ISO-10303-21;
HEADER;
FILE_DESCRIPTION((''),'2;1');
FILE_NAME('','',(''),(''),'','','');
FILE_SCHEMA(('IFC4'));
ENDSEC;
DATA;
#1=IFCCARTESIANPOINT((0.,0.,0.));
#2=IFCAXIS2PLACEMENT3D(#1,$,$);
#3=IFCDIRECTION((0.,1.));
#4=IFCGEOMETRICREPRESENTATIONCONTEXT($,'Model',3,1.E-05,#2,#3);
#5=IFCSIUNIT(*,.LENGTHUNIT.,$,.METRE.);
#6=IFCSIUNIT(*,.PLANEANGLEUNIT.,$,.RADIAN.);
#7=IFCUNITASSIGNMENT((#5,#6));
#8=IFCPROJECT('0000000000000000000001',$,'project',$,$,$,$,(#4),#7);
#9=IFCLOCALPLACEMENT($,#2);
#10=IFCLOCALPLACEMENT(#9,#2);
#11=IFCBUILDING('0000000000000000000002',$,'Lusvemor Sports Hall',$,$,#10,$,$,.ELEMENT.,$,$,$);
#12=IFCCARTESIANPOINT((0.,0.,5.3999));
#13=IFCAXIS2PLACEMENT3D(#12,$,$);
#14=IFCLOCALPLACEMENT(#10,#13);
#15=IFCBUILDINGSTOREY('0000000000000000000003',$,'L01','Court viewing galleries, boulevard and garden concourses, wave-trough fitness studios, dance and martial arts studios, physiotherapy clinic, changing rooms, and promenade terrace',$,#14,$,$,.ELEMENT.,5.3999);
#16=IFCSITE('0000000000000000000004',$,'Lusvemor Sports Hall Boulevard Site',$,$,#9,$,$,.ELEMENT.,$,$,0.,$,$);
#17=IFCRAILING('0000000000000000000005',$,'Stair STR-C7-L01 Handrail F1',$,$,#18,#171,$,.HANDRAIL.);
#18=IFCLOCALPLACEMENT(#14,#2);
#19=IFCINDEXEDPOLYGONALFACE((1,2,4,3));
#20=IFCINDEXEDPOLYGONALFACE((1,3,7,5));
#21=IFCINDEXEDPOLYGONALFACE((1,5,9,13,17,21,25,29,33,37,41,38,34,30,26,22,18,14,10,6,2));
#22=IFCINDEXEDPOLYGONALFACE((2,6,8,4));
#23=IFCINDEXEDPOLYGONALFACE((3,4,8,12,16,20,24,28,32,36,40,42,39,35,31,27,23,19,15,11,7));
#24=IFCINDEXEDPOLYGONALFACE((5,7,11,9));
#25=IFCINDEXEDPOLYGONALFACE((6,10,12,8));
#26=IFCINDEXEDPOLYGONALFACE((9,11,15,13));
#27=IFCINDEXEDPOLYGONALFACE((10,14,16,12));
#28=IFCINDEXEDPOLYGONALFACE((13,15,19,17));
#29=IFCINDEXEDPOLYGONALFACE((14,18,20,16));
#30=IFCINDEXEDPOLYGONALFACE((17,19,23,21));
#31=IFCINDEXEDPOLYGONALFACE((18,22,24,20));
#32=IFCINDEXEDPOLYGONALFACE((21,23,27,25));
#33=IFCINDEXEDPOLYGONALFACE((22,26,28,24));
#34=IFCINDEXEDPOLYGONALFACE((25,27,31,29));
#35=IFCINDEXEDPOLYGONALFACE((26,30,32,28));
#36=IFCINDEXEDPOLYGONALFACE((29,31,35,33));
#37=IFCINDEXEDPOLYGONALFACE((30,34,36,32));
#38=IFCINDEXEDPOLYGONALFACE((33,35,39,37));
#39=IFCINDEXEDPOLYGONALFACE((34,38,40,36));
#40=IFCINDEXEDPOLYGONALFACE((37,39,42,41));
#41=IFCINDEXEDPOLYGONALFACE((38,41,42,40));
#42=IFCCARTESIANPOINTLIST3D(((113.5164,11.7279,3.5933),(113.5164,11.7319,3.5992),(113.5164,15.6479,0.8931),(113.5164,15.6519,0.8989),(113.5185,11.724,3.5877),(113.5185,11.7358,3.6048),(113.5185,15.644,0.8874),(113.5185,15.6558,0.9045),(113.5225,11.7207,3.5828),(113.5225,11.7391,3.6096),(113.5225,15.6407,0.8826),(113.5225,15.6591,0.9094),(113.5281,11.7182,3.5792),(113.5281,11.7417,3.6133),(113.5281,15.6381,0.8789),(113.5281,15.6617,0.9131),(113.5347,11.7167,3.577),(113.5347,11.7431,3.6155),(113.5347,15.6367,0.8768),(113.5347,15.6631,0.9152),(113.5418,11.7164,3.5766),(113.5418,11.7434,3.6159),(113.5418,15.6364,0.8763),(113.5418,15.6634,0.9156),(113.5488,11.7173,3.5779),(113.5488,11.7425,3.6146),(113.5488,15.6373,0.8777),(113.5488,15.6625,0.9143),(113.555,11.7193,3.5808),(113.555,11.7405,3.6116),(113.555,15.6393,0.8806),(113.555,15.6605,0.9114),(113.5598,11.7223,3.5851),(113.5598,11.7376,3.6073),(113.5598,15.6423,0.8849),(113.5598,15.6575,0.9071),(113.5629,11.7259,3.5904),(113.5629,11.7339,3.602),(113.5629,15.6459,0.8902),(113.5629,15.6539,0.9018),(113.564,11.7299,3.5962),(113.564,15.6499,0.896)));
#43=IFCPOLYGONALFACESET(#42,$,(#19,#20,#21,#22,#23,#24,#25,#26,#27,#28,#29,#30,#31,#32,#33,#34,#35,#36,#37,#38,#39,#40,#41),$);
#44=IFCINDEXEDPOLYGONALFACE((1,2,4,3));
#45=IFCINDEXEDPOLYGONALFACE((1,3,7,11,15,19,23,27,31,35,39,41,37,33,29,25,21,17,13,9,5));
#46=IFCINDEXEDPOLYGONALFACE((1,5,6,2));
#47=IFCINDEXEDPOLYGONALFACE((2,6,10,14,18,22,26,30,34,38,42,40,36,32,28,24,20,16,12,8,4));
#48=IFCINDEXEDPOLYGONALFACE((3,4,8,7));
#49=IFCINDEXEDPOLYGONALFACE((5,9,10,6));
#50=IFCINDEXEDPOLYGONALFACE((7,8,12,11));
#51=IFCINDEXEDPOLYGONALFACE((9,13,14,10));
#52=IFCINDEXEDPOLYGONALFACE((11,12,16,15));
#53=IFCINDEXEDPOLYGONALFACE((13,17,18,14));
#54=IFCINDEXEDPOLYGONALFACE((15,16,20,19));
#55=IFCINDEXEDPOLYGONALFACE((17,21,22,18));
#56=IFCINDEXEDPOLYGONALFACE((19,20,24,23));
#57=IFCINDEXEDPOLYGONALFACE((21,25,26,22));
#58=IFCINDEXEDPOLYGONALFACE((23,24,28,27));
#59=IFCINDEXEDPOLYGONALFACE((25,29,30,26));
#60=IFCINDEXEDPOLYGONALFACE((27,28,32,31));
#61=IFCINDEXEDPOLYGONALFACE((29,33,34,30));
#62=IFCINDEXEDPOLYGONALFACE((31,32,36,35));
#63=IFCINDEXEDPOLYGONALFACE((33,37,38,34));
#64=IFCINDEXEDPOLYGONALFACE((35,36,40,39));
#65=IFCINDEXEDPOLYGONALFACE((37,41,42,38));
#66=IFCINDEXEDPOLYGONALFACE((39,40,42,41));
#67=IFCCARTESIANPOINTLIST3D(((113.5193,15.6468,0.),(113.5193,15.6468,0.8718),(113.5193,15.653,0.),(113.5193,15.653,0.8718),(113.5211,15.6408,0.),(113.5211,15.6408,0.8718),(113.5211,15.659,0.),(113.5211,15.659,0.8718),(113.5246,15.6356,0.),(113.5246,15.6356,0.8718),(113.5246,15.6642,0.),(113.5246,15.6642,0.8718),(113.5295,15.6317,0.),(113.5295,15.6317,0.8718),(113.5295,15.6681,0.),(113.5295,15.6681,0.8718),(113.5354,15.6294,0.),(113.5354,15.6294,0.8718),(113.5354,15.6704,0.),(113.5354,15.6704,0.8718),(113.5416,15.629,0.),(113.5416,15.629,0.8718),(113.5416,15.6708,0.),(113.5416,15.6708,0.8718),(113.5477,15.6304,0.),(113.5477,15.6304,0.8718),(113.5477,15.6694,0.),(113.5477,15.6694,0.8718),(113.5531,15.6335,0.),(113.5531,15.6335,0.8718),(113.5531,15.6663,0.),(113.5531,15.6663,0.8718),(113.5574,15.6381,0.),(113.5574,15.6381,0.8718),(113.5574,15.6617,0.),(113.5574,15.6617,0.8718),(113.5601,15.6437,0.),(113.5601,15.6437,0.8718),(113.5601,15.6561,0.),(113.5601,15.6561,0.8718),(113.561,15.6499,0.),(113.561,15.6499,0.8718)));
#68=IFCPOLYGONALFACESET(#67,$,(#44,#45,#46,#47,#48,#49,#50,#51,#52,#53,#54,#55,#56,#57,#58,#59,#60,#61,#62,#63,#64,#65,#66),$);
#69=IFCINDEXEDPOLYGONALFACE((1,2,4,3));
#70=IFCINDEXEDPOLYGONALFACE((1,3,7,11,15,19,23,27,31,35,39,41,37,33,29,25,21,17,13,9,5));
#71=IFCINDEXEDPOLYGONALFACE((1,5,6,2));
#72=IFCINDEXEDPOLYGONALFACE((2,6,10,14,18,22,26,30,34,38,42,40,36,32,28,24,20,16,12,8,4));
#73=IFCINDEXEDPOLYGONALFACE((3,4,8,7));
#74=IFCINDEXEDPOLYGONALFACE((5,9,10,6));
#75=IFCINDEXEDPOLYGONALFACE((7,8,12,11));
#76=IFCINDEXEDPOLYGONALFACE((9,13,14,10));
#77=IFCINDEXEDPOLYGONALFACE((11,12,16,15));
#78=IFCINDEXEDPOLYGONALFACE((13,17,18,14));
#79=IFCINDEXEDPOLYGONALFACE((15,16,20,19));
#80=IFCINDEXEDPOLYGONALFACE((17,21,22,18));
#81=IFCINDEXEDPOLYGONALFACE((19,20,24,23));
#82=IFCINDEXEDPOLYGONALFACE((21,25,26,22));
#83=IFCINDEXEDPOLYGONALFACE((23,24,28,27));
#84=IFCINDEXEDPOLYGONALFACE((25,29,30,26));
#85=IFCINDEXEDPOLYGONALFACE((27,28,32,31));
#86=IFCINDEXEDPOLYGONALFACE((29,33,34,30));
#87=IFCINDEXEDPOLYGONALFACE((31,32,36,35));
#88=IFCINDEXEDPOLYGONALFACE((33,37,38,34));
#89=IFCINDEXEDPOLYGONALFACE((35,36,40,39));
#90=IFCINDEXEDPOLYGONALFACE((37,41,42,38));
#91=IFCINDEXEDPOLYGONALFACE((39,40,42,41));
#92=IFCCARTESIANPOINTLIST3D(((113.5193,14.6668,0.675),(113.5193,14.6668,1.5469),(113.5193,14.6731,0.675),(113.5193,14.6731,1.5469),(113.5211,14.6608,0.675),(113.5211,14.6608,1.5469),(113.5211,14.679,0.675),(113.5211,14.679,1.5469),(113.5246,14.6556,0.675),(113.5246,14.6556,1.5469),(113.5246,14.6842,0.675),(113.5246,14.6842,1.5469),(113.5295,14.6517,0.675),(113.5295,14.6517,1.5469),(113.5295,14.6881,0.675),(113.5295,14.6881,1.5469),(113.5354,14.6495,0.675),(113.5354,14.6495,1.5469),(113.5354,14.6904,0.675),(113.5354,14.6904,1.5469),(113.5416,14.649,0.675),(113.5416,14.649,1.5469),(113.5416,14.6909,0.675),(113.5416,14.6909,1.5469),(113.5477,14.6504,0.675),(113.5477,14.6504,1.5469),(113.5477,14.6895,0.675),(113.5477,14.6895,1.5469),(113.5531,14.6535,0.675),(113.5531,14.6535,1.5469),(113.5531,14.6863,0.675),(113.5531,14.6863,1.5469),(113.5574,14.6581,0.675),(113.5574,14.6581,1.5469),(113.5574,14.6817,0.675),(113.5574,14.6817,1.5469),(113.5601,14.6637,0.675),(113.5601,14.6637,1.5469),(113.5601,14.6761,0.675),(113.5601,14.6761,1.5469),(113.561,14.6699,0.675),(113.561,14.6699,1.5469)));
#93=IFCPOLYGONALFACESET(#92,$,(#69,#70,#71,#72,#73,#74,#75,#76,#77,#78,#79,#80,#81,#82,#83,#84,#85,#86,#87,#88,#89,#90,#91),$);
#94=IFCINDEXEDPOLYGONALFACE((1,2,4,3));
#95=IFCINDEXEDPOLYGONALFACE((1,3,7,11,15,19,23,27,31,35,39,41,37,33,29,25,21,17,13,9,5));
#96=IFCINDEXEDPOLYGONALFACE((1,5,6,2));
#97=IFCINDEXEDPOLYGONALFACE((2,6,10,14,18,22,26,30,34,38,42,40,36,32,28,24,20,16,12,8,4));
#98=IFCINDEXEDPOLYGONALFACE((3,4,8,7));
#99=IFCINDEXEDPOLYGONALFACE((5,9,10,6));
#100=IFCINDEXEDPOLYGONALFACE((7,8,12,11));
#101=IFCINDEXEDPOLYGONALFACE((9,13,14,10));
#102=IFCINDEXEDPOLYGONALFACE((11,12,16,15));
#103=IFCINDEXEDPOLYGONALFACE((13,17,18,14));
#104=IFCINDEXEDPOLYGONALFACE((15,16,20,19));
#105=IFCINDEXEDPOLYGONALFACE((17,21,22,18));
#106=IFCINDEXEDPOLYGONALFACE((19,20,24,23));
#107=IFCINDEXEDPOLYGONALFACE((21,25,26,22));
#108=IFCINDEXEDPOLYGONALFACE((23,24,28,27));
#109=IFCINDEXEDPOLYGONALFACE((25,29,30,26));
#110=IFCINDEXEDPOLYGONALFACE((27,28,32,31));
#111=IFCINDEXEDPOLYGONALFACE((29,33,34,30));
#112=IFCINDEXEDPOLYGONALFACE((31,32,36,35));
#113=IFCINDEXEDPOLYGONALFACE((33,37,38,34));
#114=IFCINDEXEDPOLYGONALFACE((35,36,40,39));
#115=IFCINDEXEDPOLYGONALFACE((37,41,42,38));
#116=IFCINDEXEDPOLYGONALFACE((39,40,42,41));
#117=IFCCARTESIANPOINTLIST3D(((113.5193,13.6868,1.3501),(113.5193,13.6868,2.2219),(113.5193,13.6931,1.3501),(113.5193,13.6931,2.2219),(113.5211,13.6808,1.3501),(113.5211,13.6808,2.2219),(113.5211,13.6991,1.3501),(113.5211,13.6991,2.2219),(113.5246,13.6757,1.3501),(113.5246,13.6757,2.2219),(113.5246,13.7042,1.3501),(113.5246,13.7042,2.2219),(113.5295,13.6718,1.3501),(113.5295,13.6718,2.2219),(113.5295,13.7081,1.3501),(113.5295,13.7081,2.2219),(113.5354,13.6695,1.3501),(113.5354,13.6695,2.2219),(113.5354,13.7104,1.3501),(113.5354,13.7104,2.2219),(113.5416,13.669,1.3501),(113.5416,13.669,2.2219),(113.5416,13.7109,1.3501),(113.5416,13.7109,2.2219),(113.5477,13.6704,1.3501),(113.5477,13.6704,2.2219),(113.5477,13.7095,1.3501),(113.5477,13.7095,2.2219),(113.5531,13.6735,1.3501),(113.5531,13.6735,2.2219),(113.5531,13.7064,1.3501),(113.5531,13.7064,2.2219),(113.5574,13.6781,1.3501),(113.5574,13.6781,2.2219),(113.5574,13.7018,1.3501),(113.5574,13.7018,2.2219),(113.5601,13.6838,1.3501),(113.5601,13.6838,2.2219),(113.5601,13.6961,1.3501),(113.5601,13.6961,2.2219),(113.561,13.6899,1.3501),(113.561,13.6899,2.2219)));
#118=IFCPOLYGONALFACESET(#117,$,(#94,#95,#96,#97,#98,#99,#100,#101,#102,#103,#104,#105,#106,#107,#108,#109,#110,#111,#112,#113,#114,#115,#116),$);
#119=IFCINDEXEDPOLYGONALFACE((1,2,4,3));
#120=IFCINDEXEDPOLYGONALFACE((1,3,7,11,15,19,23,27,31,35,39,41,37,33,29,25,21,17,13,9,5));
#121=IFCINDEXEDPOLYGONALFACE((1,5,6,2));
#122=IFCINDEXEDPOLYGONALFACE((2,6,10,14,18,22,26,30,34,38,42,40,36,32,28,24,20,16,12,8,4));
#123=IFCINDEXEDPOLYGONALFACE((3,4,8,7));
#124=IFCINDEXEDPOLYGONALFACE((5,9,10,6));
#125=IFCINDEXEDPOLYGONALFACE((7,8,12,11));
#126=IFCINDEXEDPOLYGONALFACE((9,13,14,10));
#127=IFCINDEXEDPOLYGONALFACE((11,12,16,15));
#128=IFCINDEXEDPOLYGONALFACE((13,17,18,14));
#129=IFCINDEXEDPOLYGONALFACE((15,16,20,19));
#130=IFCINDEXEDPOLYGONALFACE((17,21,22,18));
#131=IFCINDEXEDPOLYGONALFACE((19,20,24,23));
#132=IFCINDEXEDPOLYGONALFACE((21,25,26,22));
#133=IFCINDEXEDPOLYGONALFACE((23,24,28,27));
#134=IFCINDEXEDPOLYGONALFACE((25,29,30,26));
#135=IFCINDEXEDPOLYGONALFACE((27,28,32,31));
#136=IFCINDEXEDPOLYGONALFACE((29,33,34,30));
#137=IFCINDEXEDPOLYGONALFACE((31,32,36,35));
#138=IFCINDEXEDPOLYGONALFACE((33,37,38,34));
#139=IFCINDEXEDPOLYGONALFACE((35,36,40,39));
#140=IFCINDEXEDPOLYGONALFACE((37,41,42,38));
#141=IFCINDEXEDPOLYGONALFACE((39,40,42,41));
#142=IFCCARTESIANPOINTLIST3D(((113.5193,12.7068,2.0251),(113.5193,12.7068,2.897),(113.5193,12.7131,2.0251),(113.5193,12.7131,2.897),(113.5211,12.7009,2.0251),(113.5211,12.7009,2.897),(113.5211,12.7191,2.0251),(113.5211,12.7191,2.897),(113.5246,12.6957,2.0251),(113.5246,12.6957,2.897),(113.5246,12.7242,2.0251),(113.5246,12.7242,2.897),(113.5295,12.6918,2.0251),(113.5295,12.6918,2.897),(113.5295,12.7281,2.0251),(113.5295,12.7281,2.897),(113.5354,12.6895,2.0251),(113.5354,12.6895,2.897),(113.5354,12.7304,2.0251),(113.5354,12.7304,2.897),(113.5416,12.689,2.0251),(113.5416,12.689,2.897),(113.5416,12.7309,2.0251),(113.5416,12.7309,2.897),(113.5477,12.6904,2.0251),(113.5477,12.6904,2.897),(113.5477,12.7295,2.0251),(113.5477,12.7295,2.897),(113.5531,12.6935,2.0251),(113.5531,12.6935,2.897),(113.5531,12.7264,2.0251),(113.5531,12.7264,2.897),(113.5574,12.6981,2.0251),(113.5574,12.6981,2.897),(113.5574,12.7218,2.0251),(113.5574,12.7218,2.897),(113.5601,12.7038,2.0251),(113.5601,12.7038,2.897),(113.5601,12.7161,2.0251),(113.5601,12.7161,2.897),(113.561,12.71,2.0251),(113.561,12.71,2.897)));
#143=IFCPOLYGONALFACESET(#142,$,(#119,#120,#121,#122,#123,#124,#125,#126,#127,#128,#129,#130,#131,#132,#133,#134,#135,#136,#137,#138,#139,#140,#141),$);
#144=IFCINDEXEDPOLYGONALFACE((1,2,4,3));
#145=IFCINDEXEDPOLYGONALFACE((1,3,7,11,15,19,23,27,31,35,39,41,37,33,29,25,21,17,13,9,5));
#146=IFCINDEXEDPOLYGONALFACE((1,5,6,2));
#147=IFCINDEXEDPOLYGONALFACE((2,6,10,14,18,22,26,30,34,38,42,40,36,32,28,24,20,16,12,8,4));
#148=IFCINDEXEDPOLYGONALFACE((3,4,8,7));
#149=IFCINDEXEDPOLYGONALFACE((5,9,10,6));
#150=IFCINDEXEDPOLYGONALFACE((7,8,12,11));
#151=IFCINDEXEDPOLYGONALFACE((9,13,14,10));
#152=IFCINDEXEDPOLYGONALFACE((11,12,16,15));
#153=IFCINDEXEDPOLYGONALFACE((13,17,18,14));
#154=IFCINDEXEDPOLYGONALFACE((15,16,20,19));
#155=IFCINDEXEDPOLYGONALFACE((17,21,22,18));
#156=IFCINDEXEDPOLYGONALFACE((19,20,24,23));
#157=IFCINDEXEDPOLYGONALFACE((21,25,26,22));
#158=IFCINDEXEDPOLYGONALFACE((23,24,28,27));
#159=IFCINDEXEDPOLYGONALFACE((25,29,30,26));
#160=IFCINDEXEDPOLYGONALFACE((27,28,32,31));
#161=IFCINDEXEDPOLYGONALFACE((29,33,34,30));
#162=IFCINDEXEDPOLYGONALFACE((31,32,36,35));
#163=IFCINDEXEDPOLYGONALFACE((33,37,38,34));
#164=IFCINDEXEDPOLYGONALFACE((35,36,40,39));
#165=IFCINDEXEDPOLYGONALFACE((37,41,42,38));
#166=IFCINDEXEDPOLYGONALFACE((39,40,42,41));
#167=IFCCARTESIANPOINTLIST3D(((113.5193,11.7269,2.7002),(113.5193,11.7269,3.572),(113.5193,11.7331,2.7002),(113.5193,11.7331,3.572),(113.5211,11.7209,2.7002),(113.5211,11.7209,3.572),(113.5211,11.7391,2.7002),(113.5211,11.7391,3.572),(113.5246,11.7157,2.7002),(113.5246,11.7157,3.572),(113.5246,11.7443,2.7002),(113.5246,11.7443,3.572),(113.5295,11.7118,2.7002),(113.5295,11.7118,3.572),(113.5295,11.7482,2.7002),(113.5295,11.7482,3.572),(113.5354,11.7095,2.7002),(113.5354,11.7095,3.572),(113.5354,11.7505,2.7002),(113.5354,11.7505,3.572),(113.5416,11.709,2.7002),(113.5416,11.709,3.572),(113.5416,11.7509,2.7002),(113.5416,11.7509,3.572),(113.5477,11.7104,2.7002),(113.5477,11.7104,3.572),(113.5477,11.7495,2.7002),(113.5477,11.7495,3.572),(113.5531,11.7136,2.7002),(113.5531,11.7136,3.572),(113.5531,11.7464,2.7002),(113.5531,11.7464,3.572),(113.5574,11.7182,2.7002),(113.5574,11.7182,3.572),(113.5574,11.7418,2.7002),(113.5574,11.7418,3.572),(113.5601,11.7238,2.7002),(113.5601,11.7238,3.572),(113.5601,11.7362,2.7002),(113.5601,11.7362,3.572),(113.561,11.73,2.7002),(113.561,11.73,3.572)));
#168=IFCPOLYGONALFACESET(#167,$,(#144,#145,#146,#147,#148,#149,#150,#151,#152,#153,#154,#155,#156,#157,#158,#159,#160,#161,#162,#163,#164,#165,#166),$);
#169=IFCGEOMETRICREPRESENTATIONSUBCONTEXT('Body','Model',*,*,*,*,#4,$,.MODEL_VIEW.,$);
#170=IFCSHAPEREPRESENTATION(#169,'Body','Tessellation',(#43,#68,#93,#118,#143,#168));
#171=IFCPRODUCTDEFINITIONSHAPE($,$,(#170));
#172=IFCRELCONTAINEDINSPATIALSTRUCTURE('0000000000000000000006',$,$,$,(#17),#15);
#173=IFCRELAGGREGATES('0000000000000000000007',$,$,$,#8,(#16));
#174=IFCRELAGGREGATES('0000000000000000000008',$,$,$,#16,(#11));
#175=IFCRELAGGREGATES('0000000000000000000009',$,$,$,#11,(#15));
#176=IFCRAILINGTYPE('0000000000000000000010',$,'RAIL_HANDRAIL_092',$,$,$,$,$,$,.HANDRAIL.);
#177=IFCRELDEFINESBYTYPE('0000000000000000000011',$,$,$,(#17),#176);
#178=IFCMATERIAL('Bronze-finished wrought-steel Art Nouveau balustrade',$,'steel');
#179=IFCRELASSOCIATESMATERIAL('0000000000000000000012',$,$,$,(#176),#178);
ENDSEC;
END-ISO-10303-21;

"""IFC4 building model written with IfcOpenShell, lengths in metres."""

from ifc_helpers import new_model, si_unit, direction, frame, origin, origin_2d, place, context, subcontext, project, spatial, circle, extrude, material, type_object, element, save


model = new_model("IFC4")

# Units and contexts
model_context = context("Model", 3, precision=1e-05, world=origin(), true_north=direction((0.0, 1.0)))
body_context = subcontext(model_context, "Body", "Model", "MODEL_VIEW")
ifc_project = project(units=[si_unit("LENGTHUNIT", "METRE"), si_unit("PLANEANGLEUNIT", "RADIAN")], contexts=[model_context])

# Site, building, storey
site_placement = place(None, origin())
site = spatial("IfcSite", under=ifc_project, at=site_placement, Name="Lusvemor Sports Hall Boulevard Site", CompositionType="ELEMENT", RefElevation=0.0)
building_placement = place(site_placement, origin())
building = spatial("IfcBuilding", under=site, at=building_placement, Name="Lusvemor Sports Hall", CompositionType="ELEMENT")
storey_placement = place(building_placement, frame((0.0, 0.0, 5.3999)))
storey = spatial("IfcBuildingStorey", under=building, at=storey_placement, Name="L01", Description="Court viewing galleries, boulevard and garden concourses, wave-trough fitness studios, dance and martial arts studios, physiotherapy clinic, changing rooms, and promenade terrace", CompositionType="ELEMENT", Elevation=5.3999)

# Railing
ifc_material_1 = material(Name="Bronze-finished wrought-steel Art Nouveau balustrade", Category="steel")
railing_type_1 = type_object("IfcRailingType", Name="RAIL_HANDRAIL_092", PredefinedType="HANDRAIL", material=ifc_material_1)
railing_1_placement = place(storey_placement, frame((113.54, 15.6499, 0.0)))
element("IfcRailing", 1, at=railing_1_placement, inside=storey, type_object=railing_type_1, Name="Stair STR-C7-L01 Handrail F1", PredefinedType="HANDRAIL", context=body_context, shape_type="SweptSolid", body=[
    extrude(circle(Radius=0.0239, at=origin_2d()), frame((0.0, 0.0, 0.896), z_axis=(0.0, -0.823527, 0.567277), x_axis=(1.0, 0.0, 0.0)), (0.0, 0.0, 1.0), 4.76),
    extrude(circle(Radius=0.021, at=origin_2d()), origin(), (0.0, 0.0, 1.0), 0.8718),
    extrude(circle(Radius=0.021, at=origin_2d()), frame((0.0, -0.98, 0.675)), (0.0, 0.0, 1.0), 0.8718),
    extrude(circle(Radius=0.021, at=origin_2d()), frame((0.0, -1.96, 1.3501)), (0.0, 0.0, 1.0), 0.8718),
    extrude(circle(Radius=0.021, at=origin_2d()), frame((0.0, -2.9399, 2.0251)), (0.0, 0.0, 1.0), 0.8718),
    extrude(circle(Radius=0.021, at=origin_2d()), frame((0.0, -3.9199, 2.7002)), (0.0, 0.0, 1.0), 0.8718),
])

save(model, "model.ifc")
